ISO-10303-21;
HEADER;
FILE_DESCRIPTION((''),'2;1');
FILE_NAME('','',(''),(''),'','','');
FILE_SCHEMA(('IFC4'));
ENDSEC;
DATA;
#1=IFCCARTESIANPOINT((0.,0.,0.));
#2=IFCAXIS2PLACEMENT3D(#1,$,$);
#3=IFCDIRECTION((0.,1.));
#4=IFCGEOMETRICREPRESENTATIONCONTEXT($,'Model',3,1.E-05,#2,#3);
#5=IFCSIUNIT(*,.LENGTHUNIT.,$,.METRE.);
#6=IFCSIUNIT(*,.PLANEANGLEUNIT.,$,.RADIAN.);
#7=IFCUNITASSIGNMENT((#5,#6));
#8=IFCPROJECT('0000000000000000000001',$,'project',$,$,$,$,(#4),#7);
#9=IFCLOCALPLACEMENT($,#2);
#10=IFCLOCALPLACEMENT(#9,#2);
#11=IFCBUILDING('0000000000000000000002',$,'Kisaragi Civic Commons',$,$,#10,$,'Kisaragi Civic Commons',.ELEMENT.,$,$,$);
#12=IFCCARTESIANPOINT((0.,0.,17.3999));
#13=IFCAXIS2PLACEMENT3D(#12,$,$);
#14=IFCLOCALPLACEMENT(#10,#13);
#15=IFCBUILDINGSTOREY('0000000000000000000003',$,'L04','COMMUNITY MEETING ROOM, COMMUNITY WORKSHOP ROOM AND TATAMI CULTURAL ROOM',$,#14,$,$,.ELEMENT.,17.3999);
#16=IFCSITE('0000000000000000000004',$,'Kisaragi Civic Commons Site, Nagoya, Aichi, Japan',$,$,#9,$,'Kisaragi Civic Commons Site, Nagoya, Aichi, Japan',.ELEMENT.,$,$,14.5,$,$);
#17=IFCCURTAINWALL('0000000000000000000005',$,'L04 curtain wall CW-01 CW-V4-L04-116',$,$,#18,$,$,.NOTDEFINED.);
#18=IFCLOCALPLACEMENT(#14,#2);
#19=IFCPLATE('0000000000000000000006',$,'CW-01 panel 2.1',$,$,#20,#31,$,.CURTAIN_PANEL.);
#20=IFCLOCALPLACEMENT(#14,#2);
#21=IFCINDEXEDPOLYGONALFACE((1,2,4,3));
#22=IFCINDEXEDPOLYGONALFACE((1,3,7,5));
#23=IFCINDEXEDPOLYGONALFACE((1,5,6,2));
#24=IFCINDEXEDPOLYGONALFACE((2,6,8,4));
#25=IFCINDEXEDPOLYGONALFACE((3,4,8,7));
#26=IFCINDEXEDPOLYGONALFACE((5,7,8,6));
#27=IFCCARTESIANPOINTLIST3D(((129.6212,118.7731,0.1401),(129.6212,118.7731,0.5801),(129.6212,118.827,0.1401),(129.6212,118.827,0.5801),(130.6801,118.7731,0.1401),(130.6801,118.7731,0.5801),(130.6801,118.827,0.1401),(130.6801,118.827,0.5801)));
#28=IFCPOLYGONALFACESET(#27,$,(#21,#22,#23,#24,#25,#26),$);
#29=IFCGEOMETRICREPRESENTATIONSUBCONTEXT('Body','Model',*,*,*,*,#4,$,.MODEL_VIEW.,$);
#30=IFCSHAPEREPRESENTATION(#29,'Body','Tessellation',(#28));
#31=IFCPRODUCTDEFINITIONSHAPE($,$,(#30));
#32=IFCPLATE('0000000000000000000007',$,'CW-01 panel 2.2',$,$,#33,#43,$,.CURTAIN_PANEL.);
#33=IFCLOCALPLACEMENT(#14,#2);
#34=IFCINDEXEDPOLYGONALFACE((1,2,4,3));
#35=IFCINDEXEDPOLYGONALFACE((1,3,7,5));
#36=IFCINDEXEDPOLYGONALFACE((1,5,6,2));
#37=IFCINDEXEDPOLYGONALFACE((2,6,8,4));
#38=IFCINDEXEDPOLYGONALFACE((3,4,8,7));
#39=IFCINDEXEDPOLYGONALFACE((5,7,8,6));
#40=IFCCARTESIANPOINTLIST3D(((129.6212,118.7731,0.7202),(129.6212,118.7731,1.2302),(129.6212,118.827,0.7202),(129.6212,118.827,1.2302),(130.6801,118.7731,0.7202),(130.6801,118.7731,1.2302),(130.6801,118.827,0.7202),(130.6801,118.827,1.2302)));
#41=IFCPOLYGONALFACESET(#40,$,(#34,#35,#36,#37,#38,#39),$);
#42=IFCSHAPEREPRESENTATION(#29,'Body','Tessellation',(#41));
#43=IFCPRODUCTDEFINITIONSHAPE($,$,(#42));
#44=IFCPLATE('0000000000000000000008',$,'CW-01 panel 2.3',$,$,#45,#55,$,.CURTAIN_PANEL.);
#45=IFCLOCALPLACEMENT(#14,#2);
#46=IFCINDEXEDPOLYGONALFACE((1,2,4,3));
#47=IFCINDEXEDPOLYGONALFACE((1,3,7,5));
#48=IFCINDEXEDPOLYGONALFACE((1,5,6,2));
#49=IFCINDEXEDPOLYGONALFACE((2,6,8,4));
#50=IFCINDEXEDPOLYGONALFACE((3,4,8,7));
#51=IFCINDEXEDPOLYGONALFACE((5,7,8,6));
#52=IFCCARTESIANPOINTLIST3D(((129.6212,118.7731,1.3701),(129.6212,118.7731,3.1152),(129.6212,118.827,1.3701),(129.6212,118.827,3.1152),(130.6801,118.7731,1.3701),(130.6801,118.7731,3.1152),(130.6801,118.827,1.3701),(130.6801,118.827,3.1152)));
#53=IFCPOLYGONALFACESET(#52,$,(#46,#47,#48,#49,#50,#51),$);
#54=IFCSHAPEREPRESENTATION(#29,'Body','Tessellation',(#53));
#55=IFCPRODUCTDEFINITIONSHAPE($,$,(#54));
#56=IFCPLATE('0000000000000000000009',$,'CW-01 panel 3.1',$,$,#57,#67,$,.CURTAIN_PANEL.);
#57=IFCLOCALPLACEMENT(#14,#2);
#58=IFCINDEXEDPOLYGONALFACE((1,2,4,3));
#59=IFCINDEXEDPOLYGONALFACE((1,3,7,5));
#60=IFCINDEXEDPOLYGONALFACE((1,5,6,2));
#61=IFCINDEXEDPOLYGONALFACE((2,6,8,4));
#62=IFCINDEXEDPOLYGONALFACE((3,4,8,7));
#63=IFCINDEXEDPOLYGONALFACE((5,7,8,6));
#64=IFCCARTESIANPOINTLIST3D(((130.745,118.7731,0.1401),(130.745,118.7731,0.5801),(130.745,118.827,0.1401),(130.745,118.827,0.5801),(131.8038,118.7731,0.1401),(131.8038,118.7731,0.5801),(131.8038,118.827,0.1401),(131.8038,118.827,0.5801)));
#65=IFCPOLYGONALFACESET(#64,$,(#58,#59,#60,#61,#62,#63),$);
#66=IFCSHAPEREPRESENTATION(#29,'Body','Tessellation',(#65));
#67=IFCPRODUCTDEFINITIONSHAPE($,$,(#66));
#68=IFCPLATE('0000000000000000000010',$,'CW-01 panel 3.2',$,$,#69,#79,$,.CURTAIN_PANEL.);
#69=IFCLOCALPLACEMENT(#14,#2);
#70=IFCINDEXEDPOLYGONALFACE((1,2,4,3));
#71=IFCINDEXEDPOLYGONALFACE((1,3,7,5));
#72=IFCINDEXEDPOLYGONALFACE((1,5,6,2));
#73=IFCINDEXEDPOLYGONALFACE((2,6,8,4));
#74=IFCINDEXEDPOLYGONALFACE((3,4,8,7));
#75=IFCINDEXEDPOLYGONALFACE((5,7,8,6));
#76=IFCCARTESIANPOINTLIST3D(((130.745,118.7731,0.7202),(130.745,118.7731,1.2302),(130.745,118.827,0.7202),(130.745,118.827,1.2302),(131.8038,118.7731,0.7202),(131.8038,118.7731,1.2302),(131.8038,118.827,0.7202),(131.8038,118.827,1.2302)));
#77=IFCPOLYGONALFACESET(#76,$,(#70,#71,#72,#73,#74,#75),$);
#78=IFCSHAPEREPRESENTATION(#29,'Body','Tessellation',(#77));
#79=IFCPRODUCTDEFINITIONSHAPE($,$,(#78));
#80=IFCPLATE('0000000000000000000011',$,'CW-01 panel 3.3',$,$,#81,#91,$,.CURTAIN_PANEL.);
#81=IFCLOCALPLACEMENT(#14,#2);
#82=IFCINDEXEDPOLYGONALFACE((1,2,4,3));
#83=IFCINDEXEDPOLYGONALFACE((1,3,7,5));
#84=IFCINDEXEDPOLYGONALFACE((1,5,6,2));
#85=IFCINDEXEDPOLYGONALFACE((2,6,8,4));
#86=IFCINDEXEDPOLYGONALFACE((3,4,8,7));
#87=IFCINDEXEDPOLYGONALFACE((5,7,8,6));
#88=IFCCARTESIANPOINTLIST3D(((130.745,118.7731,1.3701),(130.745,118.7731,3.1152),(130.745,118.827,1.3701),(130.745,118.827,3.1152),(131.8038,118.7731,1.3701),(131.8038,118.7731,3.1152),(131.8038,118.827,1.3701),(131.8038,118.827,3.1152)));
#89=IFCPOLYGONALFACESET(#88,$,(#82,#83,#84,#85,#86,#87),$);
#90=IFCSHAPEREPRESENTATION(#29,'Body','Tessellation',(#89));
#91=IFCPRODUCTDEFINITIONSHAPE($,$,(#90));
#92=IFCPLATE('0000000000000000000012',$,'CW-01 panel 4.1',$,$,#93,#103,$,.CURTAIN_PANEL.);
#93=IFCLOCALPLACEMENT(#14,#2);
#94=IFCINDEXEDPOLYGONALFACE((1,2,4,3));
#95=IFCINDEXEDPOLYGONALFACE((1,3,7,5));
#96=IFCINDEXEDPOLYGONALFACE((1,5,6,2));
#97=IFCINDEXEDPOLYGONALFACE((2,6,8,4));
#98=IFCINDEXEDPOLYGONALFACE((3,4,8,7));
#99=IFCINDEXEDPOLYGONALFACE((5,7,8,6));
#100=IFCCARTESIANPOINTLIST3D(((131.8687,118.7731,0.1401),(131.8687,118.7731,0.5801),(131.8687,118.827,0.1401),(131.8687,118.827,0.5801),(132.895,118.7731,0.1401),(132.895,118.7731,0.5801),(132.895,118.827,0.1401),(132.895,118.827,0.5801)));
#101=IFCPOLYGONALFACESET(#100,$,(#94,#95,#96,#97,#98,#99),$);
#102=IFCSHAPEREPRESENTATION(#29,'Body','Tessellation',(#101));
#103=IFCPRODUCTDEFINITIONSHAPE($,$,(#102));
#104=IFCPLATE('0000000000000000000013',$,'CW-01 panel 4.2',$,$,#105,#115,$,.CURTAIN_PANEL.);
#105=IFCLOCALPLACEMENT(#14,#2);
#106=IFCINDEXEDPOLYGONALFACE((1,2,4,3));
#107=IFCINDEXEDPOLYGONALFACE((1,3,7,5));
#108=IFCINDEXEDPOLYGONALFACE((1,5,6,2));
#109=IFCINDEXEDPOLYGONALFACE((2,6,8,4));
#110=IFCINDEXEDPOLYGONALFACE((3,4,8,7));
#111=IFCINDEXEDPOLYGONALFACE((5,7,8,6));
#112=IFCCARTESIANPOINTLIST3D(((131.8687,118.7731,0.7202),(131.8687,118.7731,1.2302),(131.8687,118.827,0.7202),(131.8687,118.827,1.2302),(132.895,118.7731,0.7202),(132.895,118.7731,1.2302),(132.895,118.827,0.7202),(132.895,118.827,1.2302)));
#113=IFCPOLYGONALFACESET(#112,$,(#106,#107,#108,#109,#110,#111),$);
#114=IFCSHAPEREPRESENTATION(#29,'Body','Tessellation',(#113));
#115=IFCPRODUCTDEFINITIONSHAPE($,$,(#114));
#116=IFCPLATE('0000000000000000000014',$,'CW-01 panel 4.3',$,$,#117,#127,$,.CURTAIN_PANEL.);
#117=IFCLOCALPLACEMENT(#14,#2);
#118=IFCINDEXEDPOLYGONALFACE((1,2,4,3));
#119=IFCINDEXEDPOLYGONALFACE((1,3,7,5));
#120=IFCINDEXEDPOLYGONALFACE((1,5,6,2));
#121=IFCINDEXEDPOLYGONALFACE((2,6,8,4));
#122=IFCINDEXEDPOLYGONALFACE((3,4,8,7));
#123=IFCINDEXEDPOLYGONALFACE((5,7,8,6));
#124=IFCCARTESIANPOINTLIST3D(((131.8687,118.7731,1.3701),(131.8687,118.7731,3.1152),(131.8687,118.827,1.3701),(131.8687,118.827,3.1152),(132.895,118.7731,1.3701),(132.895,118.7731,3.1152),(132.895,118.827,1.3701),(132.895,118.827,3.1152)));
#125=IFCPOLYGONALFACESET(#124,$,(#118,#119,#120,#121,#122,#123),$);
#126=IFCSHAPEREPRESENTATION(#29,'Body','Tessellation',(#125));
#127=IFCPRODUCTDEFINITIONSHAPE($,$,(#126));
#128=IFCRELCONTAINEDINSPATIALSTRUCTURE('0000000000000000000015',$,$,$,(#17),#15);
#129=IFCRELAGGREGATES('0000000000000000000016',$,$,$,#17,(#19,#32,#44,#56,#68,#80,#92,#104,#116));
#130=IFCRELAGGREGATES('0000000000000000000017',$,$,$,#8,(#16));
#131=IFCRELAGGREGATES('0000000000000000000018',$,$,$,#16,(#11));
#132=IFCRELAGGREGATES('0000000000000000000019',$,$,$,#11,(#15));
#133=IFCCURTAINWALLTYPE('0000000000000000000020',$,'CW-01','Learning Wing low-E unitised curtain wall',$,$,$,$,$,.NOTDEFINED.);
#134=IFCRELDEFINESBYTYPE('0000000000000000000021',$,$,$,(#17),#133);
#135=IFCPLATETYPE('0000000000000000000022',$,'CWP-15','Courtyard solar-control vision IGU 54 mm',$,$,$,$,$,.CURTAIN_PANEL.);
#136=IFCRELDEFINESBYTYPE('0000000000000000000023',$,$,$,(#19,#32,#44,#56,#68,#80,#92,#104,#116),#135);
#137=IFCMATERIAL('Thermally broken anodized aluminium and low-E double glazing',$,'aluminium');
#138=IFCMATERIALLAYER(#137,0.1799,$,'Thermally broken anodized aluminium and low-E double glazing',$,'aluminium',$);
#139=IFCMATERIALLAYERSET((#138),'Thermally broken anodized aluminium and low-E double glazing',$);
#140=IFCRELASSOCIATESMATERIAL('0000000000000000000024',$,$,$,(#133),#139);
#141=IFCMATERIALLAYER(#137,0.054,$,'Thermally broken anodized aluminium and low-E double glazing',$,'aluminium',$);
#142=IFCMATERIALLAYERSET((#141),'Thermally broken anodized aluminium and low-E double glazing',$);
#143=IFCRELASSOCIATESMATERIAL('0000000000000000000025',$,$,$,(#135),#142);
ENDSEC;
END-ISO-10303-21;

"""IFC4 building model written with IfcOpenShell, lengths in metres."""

from ifc_helpers import new_model, si_unit, direction, frame, origin, origin_2d, place, context, subcontext, project, spatial, rectangle, extrude, material, layer, layer_set, type_object, element, aggregate, save


model = new_model("IFC4")

# Units and contexts
model_context = context("Model", 3, precision=1e-05, world=origin(), true_north=direction((0.0, 1.0)))
body_context = subcontext(model_context, "Body", "Model", "MODEL_VIEW")
ifc_project = project(units=[si_unit("LENGTHUNIT", "METRE"), si_unit("PLANEANGLEUNIT", "RADIAN")], contexts=[model_context])

# Site, building, storey
site_placement = place(None, origin())
site = spatial("IfcSite", under=ifc_project, at=site_placement, Name="Kisaragi Civic Commons Site, Nagoya, Aichi, Japan", LongName="Kisaragi Civic Commons Site, Nagoya, Aichi, Japan", CompositionType="ELEMENT", RefElevation=14.5)
building_placement = place(site_placement, origin())
building = spatial("IfcBuilding", under=site, at=building_placement, Name="Kisaragi Civic Commons", LongName="Kisaragi Civic Commons", CompositionType="ELEMENT")
storey_placement = place(building_placement, frame((0.0, 0.0, 17.3999)))
storey = spatial("IfcBuildingStorey", under=building, at=storey_placement, Name="L04", Description="COMMUNITY MEETING ROOM, COMMUNITY WORKSHOP ROOM AND TATAMI CULTURAL ROOM", CompositionType="ELEMENT", Elevation=17.3999)

# Shared definitions
ifc_material_1 = material(Name="Thermally broken anodized aluminium and low-E double glazing", Category="aluminium")
ifc_layer_1 = layer(ifc_material_1, 0.1799, Name="Thermally broken anodized aluminium and low-E double glazing", Category="aluminium")
ifc_layer_set_1 = layer_set([ifc_layer_1], Name="Thermally broken anodized aluminium and low-E double glazing")
curtain_wall_type = type_object("IfcCurtainWallType", Name="CW-01", Description="Learning Wing low-E unitised curtain wall", PredefinedType="NOTDEFINED", material=ifc_layer_set_1)

# Curtain wall
curtain_wall_1_placement = place(storey_placement, origin())
curtain_wall_1 = element("IfcCurtainWall", 1, at=curtain_wall_1_placement, inside=storey, type_object=curtain_wall_type, Name="L04 curtain wall CW-01 CW-V4-L04-116", PredefinedType="NOTDEFINED")

# Plates
ifc_layer_2 = layer(ifc_material_1, 0.054, Name="Thermally broken anodized aluminium and low-E double glazing", Category="aluminium")
ifc_layer_set_2 = layer_set([ifc_layer_2], Name="Thermally broken anodized aluminium and low-E double glazing")
plate_type_1 = type_object("IfcPlateType", Name="CWP-15", Description="Courtyard solar-control vision IGU 54 mm", PredefinedType="CURTAIN_PANEL", material=ifc_layer_set_2)
plate_1_placement = place(storey_placement, frame((130.1506, 118.8, 0.1401), z_axis=(0.0, 0.0, 1.0), x_axis=(1.0, 0.0, 0.0)))
plate_1 = element("IfcPlate", 2, at=plate_1_placement, type_object=plate_type_1, Name="CW-01 panel 2.1", PredefinedType="CURTAIN_PANEL", context=body_context, shape_type="SweptSolid", body=[
    extrude(rectangle(XDim=1.0588, YDim=0.054, at=origin_2d()), origin(), (0.0, 0.0, 1.0), 0.4399),
])
plate_2_placement = place(storey_placement, frame((130.1506, 118.8, 0.7202), z_axis=(0.0, 0.0, 1.0), x_axis=(1.0, 0.0, 0.0)))
plate_2 = element("IfcPlate", 3, at=plate_2_placement, type_object=plate_type_1, Name="CW-01 panel 2.2", PredefinedType="CURTAIN_PANEL", context=body_context, shape_type="SweptSolid", body=[
    extrude(rectangle(XDim=1.0588, YDim=0.054, at=origin_2d()), origin(), (0.0, 0.0, 1.0), 0.51),
])
plate_3_placement = place(storey_placement, frame((130.1506, 118.8, 1.3701), z_axis=(0.0, 0.0, 1.0), x_axis=(1.0, 0.0, 0.0)))
plate_3 = element("IfcPlate", 4, at=plate_3_placement, type_object=plate_type_1, Name="CW-01 panel 2.3", PredefinedType="CURTAIN_PANEL", context=body_context, shape_type="SweptSolid", body=[
    extrude(rectangle(XDim=1.0588, YDim=0.054, at=origin_2d()), origin(), (0.0, 0.0, 1.0), 1.7451),
])
plate_4_placement = place(storey_placement, frame((131.2744, 118.8, 0.1401), z_axis=(0.0, 0.0, 1.0), x_axis=(1.0, 0.0, 0.0)))
plate_4 = element("IfcPlate", 5, at=plate_4_placement, type_object=plate_type_1, Name="CW-01 panel 3.1", PredefinedType="CURTAIN_PANEL", context=body_context, shape_type="SweptSolid", body=[
    extrude(rectangle(XDim=1.0588, YDim=0.054, at=origin_2d()), origin(), (0.0, 0.0, 1.0), 0.4399),
])
plate_5_placement = place(storey_placement, frame((131.2744, 118.8, 0.7202), z_axis=(0.0, 0.0, 1.0), x_axis=(1.0, 0.0, 0.0)))
plate_5 = element("IfcPlate", 6, at=plate_5_placement, type_object=plate_type_1, Name="CW-01 panel 3.2", PredefinedType="CURTAIN_PANEL", context=body_context, shape_type="SweptSolid", body=[
    extrude(rectangle(XDim=1.0588, YDim=0.054, at=origin_2d()), origin(), (0.0, 0.0, 1.0), 0.51),
])
plate_6_placement = place(storey_placement, frame((131.2744, 118.8, 1.3701), z_axis=(0.0, 0.0, 1.0), x_axis=(1.0, 0.0, 0.0)))
plate_6 = element("IfcPlate", 7, at=plate_6_placement, type_object=plate_type_1, Name="CW-01 panel 3.3", PredefinedType="CURTAIN_PANEL", context=body_context, shape_type="SweptSolid", body=[
    extrude(rectangle(XDim=1.0588, YDim=0.054, at=origin_2d()), origin(), (0.0, 0.0, 1.0), 1.7451),
])
plate_7_placement = place(storey_placement, frame((132.3818, 118.8, 0.1401), z_axis=(0.0, 0.0, 1.0), x_axis=(1.0, 0.0, 0.0)))
plate_7 = element("IfcPlate", 8, at=plate_7_placement, type_object=plate_type_1, Name="CW-01 panel 4.1", PredefinedType="CURTAIN_PANEL", context=body_context, shape_type="SweptSolid", body=[
    extrude(rectangle(XDim=1.0264, YDim=0.054, at=origin_2d()), origin(), (0.0, 0.0, 1.0), 0.4399),
])
plate_8_placement = place(storey_placement, frame((132.3818, 118.8, 0.7202), z_axis=(0.0, 0.0, 1.0), x_axis=(1.0, 0.0, 0.0)))
plate_8 = element("IfcPlate", 9, at=plate_8_placement, type_object=plate_type_1, Name="CW-01 panel 4.2", PredefinedType="CURTAIN_PANEL", context=body_context, shape_type="SweptSolid", body=[
    extrude(rectangle(XDim=1.0264, YDim=0.054, at=origin_2d()), origin(), (0.0, 0.0, 1.0), 0.51),
])
plate_9_placement = place(storey_placement, frame((132.3818, 118.8, 1.3701), z_axis=(0.0, 0.0, 1.0), x_axis=(1.0, 0.0, 0.0)))
plate_9 = element("IfcPlate", 10, at=plate_9_placement, type_object=plate_type_1, Name="CW-01 panel 4.3", PredefinedType="CURTAIN_PANEL", context=body_context, shape_type="SweptSolid", body=[
    extrude(rectangle(XDim=1.0264, YDim=0.054, at=origin_2d()), origin(), (0.0, 0.0, 1.0), 1.7451),
])
aggregate(curtain_wall_1, [plate_1, plate_2, plate_3, plate_4, plate_5, plate_6, plate_7, plate_8, plate_9])

save(model, "model.ifc")
